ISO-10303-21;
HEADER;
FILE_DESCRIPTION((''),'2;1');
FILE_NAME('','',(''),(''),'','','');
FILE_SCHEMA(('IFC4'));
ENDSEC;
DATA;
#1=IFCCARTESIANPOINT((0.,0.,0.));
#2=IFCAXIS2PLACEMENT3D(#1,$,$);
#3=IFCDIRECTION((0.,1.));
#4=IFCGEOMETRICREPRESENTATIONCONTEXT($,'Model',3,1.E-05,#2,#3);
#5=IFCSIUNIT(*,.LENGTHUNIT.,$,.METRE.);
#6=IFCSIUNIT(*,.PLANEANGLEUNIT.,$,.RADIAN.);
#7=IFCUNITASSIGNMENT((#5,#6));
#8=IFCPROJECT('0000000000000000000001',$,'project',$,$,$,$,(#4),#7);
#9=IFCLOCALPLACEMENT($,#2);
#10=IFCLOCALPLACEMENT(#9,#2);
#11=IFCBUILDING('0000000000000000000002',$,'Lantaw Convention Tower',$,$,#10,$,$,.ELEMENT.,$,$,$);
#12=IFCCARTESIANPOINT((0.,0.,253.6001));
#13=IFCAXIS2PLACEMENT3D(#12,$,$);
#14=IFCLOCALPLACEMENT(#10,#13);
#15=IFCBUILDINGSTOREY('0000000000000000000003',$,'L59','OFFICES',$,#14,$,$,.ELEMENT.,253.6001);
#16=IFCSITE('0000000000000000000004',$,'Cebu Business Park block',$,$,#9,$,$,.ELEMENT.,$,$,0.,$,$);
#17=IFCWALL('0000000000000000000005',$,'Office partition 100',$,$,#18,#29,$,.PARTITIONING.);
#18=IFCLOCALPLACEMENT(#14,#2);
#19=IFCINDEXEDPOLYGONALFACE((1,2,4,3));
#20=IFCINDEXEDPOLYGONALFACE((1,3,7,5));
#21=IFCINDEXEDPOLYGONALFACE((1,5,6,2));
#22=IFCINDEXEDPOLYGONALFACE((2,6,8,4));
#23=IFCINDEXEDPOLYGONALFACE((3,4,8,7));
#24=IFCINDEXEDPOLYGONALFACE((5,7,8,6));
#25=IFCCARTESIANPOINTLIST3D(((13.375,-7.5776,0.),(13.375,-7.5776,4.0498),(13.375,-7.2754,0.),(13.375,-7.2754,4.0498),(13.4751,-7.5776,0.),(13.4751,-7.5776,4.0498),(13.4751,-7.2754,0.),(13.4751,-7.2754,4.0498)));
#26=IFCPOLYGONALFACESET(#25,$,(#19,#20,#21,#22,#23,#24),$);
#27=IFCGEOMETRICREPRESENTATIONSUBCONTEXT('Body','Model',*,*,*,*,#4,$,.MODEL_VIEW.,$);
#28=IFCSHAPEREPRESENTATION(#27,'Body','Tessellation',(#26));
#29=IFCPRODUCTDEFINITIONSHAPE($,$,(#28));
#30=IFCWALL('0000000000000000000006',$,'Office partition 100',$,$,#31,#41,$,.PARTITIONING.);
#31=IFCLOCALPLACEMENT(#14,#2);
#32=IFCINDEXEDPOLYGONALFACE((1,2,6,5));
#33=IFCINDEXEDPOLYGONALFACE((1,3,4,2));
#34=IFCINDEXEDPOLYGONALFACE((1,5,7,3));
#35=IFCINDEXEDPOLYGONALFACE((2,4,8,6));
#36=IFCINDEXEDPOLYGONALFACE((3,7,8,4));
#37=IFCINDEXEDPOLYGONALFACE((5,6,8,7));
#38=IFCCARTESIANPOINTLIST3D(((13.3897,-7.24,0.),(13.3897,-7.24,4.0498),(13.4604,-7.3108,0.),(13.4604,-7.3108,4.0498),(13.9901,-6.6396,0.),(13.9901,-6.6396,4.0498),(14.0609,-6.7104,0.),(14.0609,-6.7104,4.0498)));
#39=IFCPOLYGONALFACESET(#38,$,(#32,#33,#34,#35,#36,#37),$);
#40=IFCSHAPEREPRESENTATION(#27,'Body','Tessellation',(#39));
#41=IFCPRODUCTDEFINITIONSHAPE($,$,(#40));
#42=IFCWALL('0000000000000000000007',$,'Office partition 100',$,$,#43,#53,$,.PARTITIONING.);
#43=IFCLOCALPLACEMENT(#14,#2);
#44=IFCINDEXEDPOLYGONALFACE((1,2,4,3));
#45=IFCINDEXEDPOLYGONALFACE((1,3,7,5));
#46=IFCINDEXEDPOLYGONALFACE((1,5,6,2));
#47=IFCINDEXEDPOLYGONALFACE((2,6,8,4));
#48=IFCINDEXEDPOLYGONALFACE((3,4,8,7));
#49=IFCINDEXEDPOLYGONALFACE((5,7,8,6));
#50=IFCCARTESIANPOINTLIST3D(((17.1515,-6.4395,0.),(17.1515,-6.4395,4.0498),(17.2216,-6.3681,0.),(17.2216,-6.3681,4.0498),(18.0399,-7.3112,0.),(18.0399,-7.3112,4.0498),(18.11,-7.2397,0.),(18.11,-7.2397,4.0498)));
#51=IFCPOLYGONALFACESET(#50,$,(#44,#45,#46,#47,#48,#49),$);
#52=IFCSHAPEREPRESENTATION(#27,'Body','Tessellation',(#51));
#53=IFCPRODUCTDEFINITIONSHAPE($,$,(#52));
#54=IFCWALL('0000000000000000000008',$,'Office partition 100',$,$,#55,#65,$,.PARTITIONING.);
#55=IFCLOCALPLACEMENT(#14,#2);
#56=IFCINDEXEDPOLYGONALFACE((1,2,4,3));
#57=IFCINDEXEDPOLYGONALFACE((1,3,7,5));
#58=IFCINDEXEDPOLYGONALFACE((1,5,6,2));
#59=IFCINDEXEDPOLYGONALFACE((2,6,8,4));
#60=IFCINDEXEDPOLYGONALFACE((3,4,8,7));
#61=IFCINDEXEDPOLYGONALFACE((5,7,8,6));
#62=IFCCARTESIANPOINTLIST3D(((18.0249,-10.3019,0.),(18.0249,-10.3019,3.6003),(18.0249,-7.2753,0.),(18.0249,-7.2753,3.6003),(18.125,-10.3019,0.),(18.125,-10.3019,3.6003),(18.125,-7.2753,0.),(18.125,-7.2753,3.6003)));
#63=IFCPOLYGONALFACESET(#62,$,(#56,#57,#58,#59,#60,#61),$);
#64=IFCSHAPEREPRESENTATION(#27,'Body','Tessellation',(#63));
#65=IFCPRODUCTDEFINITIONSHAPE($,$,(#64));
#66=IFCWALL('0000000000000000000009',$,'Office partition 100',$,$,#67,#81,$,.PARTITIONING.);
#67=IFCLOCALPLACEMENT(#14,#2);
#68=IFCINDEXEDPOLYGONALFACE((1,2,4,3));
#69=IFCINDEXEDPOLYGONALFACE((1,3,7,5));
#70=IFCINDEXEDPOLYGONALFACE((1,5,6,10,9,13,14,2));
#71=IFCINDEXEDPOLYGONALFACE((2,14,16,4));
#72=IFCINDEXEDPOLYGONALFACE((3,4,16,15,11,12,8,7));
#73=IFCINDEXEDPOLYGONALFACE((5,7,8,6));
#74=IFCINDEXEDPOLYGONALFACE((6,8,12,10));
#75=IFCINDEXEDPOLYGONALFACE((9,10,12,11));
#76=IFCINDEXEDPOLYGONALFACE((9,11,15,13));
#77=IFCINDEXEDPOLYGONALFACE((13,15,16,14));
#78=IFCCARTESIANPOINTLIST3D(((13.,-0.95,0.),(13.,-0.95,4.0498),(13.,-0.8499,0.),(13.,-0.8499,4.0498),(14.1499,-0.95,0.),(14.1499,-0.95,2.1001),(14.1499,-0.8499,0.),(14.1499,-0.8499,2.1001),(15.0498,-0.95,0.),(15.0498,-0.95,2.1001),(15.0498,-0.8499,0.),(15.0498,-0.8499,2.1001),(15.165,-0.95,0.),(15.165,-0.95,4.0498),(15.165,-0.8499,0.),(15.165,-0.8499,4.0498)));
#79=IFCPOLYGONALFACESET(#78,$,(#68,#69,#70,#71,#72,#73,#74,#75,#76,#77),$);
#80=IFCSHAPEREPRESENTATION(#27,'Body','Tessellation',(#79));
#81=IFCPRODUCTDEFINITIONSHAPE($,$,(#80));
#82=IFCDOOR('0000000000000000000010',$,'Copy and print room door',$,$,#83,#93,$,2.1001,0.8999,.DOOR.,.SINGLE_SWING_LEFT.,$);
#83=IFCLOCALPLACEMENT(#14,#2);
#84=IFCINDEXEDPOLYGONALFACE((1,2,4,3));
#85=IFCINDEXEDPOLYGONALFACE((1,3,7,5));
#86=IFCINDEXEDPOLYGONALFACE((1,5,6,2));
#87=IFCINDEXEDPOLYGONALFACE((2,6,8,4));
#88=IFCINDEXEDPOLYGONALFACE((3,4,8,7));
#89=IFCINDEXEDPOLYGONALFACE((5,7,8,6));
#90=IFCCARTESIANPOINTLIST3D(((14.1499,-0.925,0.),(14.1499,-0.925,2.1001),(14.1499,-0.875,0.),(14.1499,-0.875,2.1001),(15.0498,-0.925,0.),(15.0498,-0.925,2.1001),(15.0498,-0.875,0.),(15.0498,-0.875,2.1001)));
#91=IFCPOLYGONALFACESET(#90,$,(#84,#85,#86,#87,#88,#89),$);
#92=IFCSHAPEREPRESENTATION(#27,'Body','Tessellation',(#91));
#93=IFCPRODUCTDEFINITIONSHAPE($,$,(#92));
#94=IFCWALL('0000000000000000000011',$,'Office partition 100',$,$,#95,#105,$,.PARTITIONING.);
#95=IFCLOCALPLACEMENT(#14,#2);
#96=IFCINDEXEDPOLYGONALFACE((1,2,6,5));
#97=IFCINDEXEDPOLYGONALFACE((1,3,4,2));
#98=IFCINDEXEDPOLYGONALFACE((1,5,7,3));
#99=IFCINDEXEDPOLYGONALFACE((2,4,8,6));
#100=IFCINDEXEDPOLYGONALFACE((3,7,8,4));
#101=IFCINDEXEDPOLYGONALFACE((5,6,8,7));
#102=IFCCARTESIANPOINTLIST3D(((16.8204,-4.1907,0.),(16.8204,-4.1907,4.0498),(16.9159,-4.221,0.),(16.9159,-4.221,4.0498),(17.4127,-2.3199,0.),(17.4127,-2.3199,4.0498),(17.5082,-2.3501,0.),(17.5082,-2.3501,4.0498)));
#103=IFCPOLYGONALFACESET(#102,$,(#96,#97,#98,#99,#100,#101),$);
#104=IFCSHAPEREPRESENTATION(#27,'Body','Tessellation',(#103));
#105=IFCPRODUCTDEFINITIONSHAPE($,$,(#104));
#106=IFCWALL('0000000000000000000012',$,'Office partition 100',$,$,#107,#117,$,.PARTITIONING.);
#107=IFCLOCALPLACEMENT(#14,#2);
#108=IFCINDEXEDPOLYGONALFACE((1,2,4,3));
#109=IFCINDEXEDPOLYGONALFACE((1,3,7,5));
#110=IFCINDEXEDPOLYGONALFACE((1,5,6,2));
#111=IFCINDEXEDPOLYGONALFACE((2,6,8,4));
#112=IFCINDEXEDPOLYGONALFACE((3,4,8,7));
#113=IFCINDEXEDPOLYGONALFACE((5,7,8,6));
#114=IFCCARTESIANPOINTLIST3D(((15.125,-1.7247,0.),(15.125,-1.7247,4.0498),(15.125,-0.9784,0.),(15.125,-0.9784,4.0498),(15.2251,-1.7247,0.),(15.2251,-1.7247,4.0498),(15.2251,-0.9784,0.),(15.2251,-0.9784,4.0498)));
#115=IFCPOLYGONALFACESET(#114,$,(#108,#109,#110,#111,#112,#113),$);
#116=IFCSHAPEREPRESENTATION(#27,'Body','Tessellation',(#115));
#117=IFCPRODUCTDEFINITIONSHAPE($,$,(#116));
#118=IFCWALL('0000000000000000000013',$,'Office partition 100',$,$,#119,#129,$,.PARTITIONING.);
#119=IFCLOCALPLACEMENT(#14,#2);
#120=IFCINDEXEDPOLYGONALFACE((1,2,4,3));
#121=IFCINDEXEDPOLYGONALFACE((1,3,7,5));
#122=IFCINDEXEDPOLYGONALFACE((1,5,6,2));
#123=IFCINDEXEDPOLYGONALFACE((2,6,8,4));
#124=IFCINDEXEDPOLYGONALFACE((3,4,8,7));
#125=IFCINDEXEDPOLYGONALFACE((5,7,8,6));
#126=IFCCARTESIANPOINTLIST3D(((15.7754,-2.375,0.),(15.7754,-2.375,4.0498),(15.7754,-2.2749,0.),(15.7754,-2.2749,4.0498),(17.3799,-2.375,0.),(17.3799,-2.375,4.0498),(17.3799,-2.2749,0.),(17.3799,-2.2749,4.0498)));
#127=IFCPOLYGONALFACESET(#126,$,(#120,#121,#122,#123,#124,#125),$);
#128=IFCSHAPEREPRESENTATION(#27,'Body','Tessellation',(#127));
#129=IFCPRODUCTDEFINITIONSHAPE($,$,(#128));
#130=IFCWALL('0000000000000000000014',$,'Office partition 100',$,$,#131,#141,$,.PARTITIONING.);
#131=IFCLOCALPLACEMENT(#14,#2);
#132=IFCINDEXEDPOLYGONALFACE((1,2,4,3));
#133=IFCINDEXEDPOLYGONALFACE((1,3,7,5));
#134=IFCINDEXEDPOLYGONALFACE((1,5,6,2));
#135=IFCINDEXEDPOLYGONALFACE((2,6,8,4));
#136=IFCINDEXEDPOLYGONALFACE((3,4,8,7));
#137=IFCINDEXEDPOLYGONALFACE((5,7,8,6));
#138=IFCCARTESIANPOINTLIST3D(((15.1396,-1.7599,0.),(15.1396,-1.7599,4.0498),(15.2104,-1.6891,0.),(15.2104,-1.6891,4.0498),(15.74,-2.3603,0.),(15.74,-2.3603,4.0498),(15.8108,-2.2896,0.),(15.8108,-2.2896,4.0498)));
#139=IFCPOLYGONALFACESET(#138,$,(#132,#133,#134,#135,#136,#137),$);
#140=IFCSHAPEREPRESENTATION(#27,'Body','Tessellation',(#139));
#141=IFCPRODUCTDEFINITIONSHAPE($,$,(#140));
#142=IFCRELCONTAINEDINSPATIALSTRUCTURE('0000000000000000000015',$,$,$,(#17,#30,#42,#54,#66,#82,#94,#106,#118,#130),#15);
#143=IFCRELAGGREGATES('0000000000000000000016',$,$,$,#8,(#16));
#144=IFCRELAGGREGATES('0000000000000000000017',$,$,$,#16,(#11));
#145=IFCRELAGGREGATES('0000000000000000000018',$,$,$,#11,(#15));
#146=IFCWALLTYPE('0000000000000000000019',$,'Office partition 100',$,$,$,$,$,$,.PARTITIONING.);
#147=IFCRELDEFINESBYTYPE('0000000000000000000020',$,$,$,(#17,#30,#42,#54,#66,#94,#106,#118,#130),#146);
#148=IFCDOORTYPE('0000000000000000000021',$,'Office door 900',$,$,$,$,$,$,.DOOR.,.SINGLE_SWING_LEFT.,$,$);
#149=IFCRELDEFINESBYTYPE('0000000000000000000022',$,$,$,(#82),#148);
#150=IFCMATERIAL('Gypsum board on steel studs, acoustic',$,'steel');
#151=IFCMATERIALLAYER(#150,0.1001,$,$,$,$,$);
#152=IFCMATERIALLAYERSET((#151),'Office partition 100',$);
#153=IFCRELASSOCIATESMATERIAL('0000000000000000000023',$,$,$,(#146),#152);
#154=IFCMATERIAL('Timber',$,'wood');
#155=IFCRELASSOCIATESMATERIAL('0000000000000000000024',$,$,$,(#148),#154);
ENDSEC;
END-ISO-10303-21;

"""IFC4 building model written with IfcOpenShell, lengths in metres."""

from ifc_helpers import new_model, si_unit, direction, frame, frame_2d, origin, place, context, subcontext, project, spatial, rectangle, extrude, material, layer, layer_set, type_object, element, fill, save


model = new_model("IFC4")

# Units and contexts
model_context = context("Model", 3, precision=1e-05, world=origin(), true_north=direction((0.0, 1.0)))
body_context = subcontext(model_context, "Body", "Model", "MODEL_VIEW")
ifc_project = project(units=[si_unit("LENGTHUNIT", "METRE"), si_unit("PLANEANGLEUNIT", "RADIAN")], contexts=[model_context])

# Site, building, storey
site_placement = place(None, origin())
site = spatial("IfcSite", under=ifc_project, at=site_placement, Name="Cebu Business Park block", CompositionType="ELEMENT", RefElevation=0.0)
building_placement = place(site_placement, origin())
building = spatial("IfcBuilding", under=site, at=building_placement, Name="Lantaw Convention Tower", CompositionType="ELEMENT")
storey_placement = place(building_placement, frame((0.0, 0.0, 253.6001)))
storey = spatial("IfcBuildingStorey", under=building, at=storey_placement, Name="L59", Description="OFFICES", CompositionType="ELEMENT", Elevation=253.6001)

# Shared definitions
ifc_material_1 = material(Name="Gypsum board on steel studs, acoustic", Category="steel")
ifc_layer_1 = layer(ifc_material_1, 0.1001)
ifc_layer_set_1 = layer_set([ifc_layer_1], Name="Office partition 100")
wall_type_1 = type_object("IfcWallType", Name="Office partition 100", PredefinedType="PARTITIONING", material=ifc_layer_set_1)
ifc_material_2 = material(Name="Timber", Category="wood")
door_type_1 = type_object("IfcDoorType", Name="Office door 900", OperationType="SINGLE_SWING_LEFT", PredefinedType="DOOR", material=ifc_material_2)

# Walls
wall_1_placement = place(storey_placement, frame((13.425, -7.5776, 0.0), z_axis=(0.0, 0.0, 1.0), x_axis=(0.0, 1.0, 0.0)))
element("IfcWall", 1, at=wall_1_placement, inside=storey, type_object=wall_type_1, Name="Office partition 100", PredefinedType="PARTITIONING", context=body_context, shape_type="SweptSolid", body=[
    extrude(rectangle(XDim=0.3022, YDim=0.1001, at=frame_2d((0.1511, 0.0))), origin(), (0.0, 0.0, 1.0), 4.0498),
])
wall_2_placement = place(storey_placement, frame((13.425, -7.2754, 0.0), z_axis=(0.0, 0.0, 1.0), x_axis=(0.707107, 0.707107, 0.0)))
element("IfcWall", 2, at=wall_2_placement, inside=storey, type_object=wall_type_1, Name="Office partition 100", PredefinedType="PARTITIONING", context=body_context, shape_type="SweptSolid", body=[
    extrude(rectangle(XDim=0.8491, YDim=0.1001, at=frame_2d((0.4246, 0.0))), origin(), (0.0, 0.0, 1.0), 4.0498),
])
wall_3_placement = place(storey_placement, frame((17.1865, -6.4038, 0.0), z_axis=(0.0, 0.0, 1.0), x_axis=(0.713842, -0.700307, 0.0)))
element("IfcWall", 3, at=wall_3_placement, inside=storey, type_object=wall_type_1, Name="Office partition 100", PredefinedType="PARTITIONING", context=body_context, shape_type="SweptSolid", body=[
    extrude(rectangle(XDim=1.2446, YDim=0.1001, at=frame_2d((0.6223, 0.0))), origin(), (0.0, 0.0, 1.0), 4.0498),
])
wall_4_placement = place(storey_placement, frame((18.075, -7.2754, 0.0), z_axis=(0.0, 0.0, 1.0), x_axis=(0.0, -1.0, 0.0)))
element("IfcWall", 4, at=wall_4_placement, inside=storey, type_object=wall_type_1, Name="Office partition 100", PredefinedType="PARTITIONING", context=body_context, shape_type="SweptSolid", body=[
    extrude(rectangle(XDim=3.0266, YDim=0.1001, at=frame_2d((1.5132, 0.0))), origin(), (0.0, 0.0, 1.0), 3.6003),
])

# Wall, opening, door
wall_5_placement = place(storey_placement, frame((13.0, -0.8999, 0.0), z_axis=(0.0, 0.0, 1.0), x_axis=(1.0, 0.0, 0.0)))
wall_5 = element("IfcWall", 5, at=wall_5_placement, inside=storey, type_object=wall_type_1, Name="Office partition 100", PredefinedType="PARTITIONING", context=body_context, shape_type="SweptSolid", body=[
    extrude(rectangle(XDim=2.165, YDim=0.1001, at=frame_2d((1.0825, 0.0))), origin(), (0.0, 0.0, 1.0), 4.0498),
])
opening_1_placement = place(wall_5_placement, frame((1.1499, 0.0, 0.0)))
opening_1 = element("IfcOpeningElement", 6, at=opening_1_placement, cuts=wall_5, PredefinedType="OPENING", context=body_context, shape_type="SweptSolid", body=[
    extrude(rectangle(XDim=0.8999, YDim=2.1001, at=frame_2d((0.45, 1.05))), frame((0.0, 0.0601, 0.0), z_axis=(0.0, -1.0, 0.0), x_axis=(1.0, 0.0, 0.0)), (0.0, 0.0, 1.0), 0.1201),
])
door_1_placement = place(opening_1_placement, origin())
door_1 = element("IfcDoor", 7, at=door_1_placement, inside=storey, type_object=door_type_1, Name="Copy and print room door", OperationType="SINGLE_SWING_LEFT", OverallHeight=2.1001, OverallWidth=0.8999, PredefinedType="DOOR", context=body_context, shape_type="SweptSolid", body=[
    extrude(rectangle(XDim=0.8999, YDim=2.1001, at=frame_2d((0.45, 1.05))), frame((0.0, 0.0249, 0.0), z_axis=(0.0, -1.0, 0.0), x_axis=(1.0, 0.0, 0.0)), (0.0, 0.0, 1.0), 0.05),
])
fill(opening_1, door_1)

# Walls
wall_6_placement = place(storey_placement, frame((17.4604, -2.335, 0.0), z_axis=(0.0, 0.0, 1.0), x_axis=(-0.301822, -0.953364, 0.0)))
element("IfcWall", 8, at=wall_6_placement, inside=storey, type_object=wall_type_1, Name="Office partition 100", PredefinedType="PARTITIONING", context=body_context, shape_type="SweptSolid", body=[
    extrude(rectangle(XDim=1.9624, YDim=0.1001, at=frame_2d((0.9812, 0.0))), origin(), (0.0, 0.0, 1.0), 4.0498),
])
wall_7_placement = place(storey_placement, frame((15.175, -1.7246, 0.0), z_axis=(0.0, 0.0, 1.0), x_axis=(0.0, 1.0, 0.0)))
element("IfcWall", 9, at=wall_7_placement, inside=storey, type_object=wall_type_1, Name="Office partition 100", PredefinedType="PARTITIONING", context=body_context, shape_type="SweptSolid", body=[
    extrude(rectangle(XDim=0.7463, YDim=0.1001, at=frame_2d((0.373, 0.0))), origin(), (0.0, 0.0, 1.0), 4.0498),
])
wall_8_placement = place(storey_placement, frame((17.3799, -2.325, 0.0), z_axis=(0.0, 0.0, 1.0), x_axis=(-1.0, 0.0, 0.0)))
element("IfcWall", 10, at=wall_8_placement, inside=storey, type_object=wall_type_1, Name="Office partition 100", PredefinedType="PARTITIONING", context=body_context, shape_type="SweptSolid", body=[
    extrude(rectangle(XDim=1.6045, YDim=0.1001, at=frame_2d((0.8022, 0.0))), origin(), (0.0, 0.0, 1.0), 4.0498),
])
wall_9_placement = place(storey_placement, frame((15.7754, -2.325, 0.0), z_axis=(0.0, 0.0, 1.0), x_axis=(-0.707107, 0.707107, 0.0)))
element("IfcWall", 11, at=wall_9_placement, inside=storey, type_object=wall_type_1, Name="Office partition 100", PredefinedType="PARTITIONING", context=body_context, shape_type="SweptSolid", body=[
    extrude(rectangle(XDim=0.8491, YDim=0.1001, at=frame_2d((0.4246, 0.0))), origin(), (0.0, 0.0, 1.0), 4.0498),
])

save(model, "model.ifc")
